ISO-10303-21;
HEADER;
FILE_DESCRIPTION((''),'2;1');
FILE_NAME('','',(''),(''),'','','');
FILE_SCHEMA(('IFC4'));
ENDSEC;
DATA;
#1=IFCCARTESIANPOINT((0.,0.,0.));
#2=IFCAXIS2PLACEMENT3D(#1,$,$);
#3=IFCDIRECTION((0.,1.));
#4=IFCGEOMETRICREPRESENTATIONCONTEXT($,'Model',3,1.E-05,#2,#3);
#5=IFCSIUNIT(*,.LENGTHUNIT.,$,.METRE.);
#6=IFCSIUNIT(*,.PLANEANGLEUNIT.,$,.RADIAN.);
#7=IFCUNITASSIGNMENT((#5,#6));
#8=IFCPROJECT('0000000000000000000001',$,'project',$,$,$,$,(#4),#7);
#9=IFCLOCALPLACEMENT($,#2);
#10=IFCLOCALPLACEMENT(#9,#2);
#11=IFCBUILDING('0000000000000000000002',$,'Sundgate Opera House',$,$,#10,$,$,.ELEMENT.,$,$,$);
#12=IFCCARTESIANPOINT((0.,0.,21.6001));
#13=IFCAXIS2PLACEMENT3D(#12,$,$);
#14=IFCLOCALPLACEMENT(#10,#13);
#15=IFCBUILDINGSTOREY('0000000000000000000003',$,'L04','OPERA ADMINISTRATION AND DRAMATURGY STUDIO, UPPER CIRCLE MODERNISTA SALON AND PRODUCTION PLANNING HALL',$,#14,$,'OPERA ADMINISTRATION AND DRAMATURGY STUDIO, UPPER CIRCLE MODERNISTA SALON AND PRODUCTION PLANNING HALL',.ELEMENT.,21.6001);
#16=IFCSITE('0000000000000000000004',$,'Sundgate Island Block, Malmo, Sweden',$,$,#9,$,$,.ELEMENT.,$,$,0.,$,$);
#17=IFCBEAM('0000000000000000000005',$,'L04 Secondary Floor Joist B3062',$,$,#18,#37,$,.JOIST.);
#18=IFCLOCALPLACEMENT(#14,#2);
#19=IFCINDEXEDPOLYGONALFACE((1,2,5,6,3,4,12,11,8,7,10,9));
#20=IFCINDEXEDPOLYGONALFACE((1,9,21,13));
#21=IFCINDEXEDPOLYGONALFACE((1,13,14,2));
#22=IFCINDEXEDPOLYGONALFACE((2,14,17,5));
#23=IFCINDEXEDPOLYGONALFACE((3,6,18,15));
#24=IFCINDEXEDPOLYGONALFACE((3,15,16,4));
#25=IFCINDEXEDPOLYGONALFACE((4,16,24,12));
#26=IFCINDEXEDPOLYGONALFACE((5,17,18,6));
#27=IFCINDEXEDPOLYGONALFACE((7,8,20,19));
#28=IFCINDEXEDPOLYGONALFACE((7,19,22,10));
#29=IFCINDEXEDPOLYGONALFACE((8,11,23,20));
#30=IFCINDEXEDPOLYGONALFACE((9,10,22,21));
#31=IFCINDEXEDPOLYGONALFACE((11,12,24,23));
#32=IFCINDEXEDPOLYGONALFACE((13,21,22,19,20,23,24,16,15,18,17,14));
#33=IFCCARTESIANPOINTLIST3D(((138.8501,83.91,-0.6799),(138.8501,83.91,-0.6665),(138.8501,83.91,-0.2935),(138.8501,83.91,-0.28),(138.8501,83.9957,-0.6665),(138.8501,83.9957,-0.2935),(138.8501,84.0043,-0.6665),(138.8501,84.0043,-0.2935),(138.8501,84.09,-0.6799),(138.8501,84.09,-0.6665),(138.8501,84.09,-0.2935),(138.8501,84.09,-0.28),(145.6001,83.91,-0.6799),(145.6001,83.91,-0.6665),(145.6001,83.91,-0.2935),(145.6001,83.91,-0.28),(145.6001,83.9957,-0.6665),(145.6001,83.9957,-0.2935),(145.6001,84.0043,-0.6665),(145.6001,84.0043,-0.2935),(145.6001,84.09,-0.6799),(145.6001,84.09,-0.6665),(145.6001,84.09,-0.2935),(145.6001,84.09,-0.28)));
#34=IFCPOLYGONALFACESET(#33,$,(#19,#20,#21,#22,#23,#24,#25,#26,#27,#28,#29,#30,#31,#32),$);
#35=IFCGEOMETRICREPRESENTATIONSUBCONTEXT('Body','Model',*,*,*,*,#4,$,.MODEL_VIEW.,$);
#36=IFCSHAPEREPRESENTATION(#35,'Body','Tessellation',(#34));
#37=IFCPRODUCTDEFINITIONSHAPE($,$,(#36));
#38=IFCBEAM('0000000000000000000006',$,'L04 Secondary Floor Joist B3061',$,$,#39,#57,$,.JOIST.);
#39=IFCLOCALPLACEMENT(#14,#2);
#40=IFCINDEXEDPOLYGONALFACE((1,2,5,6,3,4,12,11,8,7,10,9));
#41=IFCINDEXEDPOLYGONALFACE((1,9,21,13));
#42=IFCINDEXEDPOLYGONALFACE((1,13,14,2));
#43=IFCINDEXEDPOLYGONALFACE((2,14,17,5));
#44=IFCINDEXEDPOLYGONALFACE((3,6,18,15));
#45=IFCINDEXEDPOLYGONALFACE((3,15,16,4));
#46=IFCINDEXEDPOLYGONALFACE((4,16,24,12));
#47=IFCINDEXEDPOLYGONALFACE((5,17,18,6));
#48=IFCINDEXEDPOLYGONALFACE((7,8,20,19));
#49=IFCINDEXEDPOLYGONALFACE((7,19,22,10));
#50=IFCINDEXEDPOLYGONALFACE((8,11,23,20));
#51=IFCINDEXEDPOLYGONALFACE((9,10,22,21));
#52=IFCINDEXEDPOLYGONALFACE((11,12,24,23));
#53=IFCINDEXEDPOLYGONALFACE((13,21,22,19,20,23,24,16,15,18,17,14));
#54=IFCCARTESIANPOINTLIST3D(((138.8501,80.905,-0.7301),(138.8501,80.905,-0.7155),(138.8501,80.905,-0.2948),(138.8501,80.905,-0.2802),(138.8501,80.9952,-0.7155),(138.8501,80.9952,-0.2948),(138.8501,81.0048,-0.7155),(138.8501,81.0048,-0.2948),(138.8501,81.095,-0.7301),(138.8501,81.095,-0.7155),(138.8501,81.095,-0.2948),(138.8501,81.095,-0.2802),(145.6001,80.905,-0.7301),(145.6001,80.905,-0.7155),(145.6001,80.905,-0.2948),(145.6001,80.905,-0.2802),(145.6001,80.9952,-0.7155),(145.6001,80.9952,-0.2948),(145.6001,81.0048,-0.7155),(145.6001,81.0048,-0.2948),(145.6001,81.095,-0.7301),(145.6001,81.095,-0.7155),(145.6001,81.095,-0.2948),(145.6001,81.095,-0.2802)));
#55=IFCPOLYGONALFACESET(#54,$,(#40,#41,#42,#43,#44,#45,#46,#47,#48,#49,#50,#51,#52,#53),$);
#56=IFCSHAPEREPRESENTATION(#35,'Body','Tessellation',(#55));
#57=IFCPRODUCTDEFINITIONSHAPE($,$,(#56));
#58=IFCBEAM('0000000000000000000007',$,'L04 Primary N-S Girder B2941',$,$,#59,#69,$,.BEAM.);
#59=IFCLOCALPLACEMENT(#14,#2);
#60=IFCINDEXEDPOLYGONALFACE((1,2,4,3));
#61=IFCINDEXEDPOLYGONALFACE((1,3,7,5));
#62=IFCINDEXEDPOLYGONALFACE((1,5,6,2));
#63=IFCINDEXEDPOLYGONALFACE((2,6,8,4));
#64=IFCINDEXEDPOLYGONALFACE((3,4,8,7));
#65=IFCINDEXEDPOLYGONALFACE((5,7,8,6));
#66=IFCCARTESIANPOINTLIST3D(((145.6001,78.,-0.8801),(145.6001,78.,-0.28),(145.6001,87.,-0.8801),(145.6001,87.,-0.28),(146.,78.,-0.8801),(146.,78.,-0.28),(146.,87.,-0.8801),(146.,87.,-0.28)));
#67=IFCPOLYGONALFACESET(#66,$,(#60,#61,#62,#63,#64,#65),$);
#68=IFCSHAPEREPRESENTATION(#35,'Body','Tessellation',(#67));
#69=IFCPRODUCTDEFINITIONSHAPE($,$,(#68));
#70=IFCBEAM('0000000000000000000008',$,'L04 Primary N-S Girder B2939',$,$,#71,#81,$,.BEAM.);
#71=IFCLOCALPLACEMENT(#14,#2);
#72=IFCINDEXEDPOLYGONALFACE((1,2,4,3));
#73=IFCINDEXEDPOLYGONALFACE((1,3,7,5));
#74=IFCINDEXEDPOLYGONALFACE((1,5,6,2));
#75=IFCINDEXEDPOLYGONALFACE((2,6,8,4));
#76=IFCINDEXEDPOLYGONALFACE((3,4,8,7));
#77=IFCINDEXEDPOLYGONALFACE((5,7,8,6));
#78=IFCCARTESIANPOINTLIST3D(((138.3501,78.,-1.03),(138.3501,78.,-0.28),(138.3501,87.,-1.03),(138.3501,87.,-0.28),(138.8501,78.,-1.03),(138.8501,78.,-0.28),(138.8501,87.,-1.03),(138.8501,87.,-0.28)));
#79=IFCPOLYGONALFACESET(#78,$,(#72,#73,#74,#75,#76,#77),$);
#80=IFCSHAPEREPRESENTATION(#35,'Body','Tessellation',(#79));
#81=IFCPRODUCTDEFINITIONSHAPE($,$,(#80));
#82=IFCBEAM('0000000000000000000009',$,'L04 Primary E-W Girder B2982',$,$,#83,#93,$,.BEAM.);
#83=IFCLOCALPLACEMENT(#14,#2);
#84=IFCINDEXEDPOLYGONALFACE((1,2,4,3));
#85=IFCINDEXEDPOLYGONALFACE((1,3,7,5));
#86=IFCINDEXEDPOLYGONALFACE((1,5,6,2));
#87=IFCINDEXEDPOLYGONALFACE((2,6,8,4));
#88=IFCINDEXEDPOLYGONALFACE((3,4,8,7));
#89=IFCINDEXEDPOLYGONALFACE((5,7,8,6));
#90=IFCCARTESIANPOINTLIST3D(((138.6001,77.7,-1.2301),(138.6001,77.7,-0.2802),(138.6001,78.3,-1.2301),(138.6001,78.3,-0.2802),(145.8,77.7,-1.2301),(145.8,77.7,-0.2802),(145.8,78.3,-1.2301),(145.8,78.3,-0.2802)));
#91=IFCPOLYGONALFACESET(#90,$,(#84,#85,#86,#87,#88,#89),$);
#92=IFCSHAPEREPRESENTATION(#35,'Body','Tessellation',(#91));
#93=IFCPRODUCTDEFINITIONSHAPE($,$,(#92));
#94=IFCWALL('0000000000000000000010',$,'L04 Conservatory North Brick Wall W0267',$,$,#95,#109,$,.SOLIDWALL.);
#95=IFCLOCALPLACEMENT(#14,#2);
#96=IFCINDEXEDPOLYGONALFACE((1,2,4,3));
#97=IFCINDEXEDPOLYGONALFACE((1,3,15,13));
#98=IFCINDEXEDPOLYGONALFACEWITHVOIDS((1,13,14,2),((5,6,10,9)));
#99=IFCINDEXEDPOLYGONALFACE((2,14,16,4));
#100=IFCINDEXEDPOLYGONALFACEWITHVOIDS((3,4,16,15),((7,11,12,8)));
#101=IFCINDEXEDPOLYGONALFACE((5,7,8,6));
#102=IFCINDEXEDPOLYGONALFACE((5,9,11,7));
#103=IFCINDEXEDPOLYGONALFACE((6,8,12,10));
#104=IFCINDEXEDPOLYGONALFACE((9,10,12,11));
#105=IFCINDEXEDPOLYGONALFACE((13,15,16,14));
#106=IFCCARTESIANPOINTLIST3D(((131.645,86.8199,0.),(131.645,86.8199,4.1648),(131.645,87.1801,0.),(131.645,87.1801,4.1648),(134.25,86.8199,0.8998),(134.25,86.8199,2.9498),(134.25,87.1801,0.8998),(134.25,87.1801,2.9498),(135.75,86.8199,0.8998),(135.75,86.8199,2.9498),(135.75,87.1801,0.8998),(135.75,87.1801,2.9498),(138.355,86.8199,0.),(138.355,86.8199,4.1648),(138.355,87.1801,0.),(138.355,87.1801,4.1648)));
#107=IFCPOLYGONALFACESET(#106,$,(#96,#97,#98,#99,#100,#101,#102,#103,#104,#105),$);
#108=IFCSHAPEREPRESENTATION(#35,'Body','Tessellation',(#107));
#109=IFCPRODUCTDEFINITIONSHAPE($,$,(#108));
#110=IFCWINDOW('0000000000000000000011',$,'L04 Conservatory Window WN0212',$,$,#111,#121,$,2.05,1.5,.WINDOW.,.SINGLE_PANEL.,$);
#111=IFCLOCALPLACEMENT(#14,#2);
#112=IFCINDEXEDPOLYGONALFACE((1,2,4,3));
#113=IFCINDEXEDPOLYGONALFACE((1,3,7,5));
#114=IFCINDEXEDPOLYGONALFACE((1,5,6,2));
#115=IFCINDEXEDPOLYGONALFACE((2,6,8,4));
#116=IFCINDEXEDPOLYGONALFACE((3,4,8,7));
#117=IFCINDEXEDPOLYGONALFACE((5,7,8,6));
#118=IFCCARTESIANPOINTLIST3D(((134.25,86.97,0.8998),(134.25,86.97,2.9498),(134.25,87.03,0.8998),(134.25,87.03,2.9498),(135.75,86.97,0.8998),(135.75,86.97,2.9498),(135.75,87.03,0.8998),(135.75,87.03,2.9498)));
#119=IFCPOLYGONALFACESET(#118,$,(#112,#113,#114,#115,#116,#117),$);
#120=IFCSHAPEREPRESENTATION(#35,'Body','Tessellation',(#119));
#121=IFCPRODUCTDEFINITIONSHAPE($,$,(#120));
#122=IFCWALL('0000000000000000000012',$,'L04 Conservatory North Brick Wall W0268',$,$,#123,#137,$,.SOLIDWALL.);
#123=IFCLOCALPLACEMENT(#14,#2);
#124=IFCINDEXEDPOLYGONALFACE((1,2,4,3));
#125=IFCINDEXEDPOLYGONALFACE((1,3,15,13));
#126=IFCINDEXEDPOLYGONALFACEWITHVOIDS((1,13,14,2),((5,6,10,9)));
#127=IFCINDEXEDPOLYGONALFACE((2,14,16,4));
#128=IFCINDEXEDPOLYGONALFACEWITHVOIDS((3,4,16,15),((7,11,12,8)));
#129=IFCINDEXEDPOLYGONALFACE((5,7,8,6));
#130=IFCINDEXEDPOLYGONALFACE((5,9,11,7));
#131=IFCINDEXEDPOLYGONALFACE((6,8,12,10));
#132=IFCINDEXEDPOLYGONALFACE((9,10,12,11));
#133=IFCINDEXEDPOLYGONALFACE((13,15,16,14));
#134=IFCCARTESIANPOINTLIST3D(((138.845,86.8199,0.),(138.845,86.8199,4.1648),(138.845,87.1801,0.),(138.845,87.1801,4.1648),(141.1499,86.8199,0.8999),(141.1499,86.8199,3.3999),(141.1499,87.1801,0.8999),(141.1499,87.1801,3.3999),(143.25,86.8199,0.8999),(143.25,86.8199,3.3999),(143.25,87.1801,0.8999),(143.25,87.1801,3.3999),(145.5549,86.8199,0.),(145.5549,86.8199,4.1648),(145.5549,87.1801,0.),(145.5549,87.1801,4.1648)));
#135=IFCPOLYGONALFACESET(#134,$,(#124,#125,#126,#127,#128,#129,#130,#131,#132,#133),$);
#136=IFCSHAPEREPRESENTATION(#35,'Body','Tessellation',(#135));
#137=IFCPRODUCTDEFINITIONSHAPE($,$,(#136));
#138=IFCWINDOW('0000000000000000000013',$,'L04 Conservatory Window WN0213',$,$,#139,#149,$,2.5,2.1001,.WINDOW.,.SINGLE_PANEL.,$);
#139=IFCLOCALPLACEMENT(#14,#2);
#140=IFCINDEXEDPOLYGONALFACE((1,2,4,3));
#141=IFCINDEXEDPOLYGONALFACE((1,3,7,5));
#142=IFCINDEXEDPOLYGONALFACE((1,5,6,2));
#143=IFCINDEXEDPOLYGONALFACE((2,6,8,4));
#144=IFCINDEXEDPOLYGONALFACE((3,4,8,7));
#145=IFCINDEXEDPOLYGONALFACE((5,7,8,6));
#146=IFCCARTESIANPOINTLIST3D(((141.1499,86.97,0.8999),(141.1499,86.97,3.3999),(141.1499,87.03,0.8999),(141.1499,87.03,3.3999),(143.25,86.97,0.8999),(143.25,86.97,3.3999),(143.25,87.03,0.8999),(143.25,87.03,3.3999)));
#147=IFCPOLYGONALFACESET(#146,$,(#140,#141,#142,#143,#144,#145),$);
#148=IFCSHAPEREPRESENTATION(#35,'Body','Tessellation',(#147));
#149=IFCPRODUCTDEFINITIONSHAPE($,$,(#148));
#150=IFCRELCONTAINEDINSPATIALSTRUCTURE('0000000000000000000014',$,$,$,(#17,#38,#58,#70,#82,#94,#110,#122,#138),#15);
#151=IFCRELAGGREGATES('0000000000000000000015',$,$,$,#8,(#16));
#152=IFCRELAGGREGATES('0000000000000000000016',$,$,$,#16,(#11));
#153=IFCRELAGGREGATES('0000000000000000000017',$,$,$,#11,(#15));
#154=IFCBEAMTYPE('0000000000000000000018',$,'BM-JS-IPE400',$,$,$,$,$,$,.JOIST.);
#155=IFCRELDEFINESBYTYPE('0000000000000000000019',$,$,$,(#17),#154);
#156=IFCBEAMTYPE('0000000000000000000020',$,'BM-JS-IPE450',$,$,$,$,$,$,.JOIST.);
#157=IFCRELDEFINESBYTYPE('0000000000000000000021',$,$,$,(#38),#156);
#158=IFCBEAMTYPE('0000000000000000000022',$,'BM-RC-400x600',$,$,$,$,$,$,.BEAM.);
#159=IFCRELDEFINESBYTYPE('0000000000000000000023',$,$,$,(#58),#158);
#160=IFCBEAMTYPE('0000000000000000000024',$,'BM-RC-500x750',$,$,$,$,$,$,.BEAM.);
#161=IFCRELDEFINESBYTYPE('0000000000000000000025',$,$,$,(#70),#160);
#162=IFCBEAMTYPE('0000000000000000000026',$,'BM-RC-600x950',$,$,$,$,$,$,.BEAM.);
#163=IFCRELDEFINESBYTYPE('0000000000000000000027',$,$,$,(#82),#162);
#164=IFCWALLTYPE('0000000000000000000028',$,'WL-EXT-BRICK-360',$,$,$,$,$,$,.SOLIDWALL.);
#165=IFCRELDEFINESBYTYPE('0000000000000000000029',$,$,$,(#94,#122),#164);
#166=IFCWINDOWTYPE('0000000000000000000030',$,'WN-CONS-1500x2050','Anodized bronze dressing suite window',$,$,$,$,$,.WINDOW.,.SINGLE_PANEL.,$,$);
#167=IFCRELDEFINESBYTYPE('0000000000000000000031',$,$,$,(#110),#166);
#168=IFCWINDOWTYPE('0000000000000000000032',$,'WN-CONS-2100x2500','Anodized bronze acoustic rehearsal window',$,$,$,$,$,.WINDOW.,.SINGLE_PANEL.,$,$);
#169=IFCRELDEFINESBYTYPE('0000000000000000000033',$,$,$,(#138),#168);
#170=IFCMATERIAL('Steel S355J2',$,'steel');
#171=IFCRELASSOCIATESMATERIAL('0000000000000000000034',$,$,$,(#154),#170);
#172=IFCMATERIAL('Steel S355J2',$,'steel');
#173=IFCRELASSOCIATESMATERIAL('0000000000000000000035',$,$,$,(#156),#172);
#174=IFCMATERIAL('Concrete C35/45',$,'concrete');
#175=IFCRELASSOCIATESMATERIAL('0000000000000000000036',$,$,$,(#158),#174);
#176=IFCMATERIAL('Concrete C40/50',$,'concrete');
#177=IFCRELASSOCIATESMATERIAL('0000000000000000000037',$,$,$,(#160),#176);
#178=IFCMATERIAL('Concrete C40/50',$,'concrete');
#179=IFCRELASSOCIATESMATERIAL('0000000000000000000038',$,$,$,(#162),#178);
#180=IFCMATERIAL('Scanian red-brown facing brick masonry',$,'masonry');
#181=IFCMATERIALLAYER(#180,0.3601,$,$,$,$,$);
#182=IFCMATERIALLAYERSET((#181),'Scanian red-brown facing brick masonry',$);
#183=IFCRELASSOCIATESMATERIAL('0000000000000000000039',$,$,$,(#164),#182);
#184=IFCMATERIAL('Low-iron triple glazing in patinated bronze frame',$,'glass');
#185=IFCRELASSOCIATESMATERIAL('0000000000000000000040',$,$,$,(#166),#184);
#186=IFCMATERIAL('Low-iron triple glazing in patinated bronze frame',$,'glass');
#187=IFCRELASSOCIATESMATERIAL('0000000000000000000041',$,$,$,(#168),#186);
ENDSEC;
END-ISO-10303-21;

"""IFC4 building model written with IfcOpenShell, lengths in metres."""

from ifc_helpers import new_model, si_unit, direction, frame, frame_2d, origin, origin_2d, place, context, subcontext, project, spatial, rectangle, i_section, extrude, material, layer, layer_set, material_profile, profile_set, type_object, element, fill, save


model = new_model("IFC4")

# Units and contexts
model_context = context("Model", 3, precision=1e-05, world=origin(), true_north=direction((0.0, 1.0)))
body_context = subcontext(model_context, "Body", "Model", "MODEL_VIEW")
ifc_project = project(units=[si_unit("LENGTHUNIT", "METRE"), si_unit("PLANEANGLEUNIT", "RADIAN")], contexts=[model_context])

# Site, building, storey
site_placement = place(None, origin())
site = spatial("IfcSite", under=ifc_project, at=site_placement, Name="Sundgate Island Block, Malmo, Sweden", CompositionType="ELEMENT", RefElevation=0.0)
building_placement = place(site_placement, origin())
building = spatial("IfcBuilding", under=site, at=building_placement, Name="Sundgate Opera House", CompositionType="ELEMENT")
storey_placement = place(building_placement, frame((0.0, 0.0, 21.6001)))
storey = spatial("IfcBuildingStorey", under=building, at=storey_placement, Name="L04", Description="OPERA ADMINISTRATION AND DRAMATURGY STUDIO, UPPER CIRCLE MODERNISTA SALON AND PRODUCTION PLANNING HALL", LongName="OPERA ADMINISTRATION AND DRAMATURGY STUDIO, UPPER CIRCLE MODERNISTA SALON AND PRODUCTION PLANNING HALL", CompositionType="ELEMENT", Elevation=21.6001)

# Beams
ifc_material_1 = material(Name="Steel S355J2", Category="steel")
ifc_material_profile_1 = material_profile(ifc_material_1, i_section(OverallWidth=0.1799, OverallDepth=0.3999, WebThickness=0.0085, FlangeThickness=0.0134, at=origin_2d()), Name="IPE 400")
ifc_profile_set_1 = profile_set([ifc_material_profile_1], Name="Steel S355J2")
beam_type_1 = type_object("IfcBeamType", Name="BM-JS-IPE400", PredefinedType="JOIST", material=ifc_profile_set_1)
beam_1_placement = place(storey_placement, frame((138.8501, 84.0, -0.48), z_axis=(1.0, 0.0, 0.0), x_axis=(0.0, 1.0, 0.0)))
element("IfcBeam", 1, at=beam_1_placement, inside=storey, type_object=beam_type_1, Name="L04 Secondary Floor Joist B3062", PredefinedType="JOIST", context=body_context, shape_type="SweptSolid", body=[
    extrude(i_section(OverallWidth=0.1799, OverallDepth=0.3999, WebThickness=0.0085, FlangeThickness=0.0134, at=origin_2d()), origin(), (0.0, 0.0, 1.0), 6.75),
])
ifc_material_2 = material(Name="Steel S355J2", Category="steel")
ifc_material_profile_2 = material_profile(ifc_material_2, i_section(OverallWidth=0.1899, OverallDepth=0.45, WebThickness=0.0095, FlangeThickness=0.0146, at=origin_2d()), Name="IPE 450")
ifc_profile_set_2 = profile_set([ifc_material_profile_2], Name="Steel S355J2")
beam_type_2 = type_object("IfcBeamType", Name="BM-JS-IPE450", PredefinedType="JOIST", material=ifc_profile_set_2)
beam_2_placement = place(storey_placement, frame((138.8501, 81.0, -0.5051), z_axis=(1.0, 0.0, 0.0), x_axis=(0.0, 1.0, 0.0)))
element("IfcBeam", 2, at=beam_2_placement, inside=storey, type_object=beam_type_2, Name="L04 Secondary Floor Joist B3061", PredefinedType="JOIST", context=body_context, shape_type="SweptSolid", body=[
    extrude(i_section(OverallWidth=0.1899, OverallDepth=0.45, WebThickness=0.0095, FlangeThickness=0.0146, at=origin_2d()), origin(), (0.0, 0.0, 1.0), 6.75),
])
ifc_material_3 = material(Name="Concrete C35/45", Category="concrete")
ifc_material_profile_3 = material_profile(ifc_material_3, rectangle(XDim=0.3999, YDim=0.6001, at=origin_2d()), Name="RC 400x600")
ifc_profile_set_3 = profile_set([ifc_material_profile_3], Name="Concrete C35/45")
beam_type_3 = type_object("IfcBeamType", Name="BM-RC-400x600", PredefinedType="BEAM", material=ifc_profile_set_3)
beam_3_placement = place(storey_placement, frame((145.8, 78.0, -0.5801), z_axis=(0.0, 1.0, 0.0), x_axis=(-1.0, 0.0, 0.0)))
element("IfcBeam", 3, at=beam_3_placement, inside=storey, type_object=beam_type_3, Name="L04 Primary N-S Girder B2941", PredefinedType="BEAM", context=body_context, shape_type="SweptSolid", body=[
    extrude(rectangle(XDim=0.3999, YDim=0.6001, at=origin_2d()), origin(), (0.0, 0.0, 1.0), 9.0),
])
ifc_material_4 = material(Name="Concrete C40/50", Category="concrete")
ifc_material_profile_4 = material_profile(ifc_material_4, rectangle(XDim=0.5, YDim=0.75, at=origin_2d()), Name="RC 500x750")
ifc_profile_set_4 = profile_set([ifc_material_profile_4], Name="Concrete C40/50")
beam_type_4 = type_object("IfcBeamType", Name="BM-RC-500x750", PredefinedType="BEAM", material=ifc_profile_set_4)
beam_4_placement = place(storey_placement, frame((138.6001, 78.0, -0.655), z_axis=(0.0, 1.0, 0.0), x_axis=(-1.0, 0.0, 0.0)))
element("IfcBeam", 4, at=beam_4_placement, inside=storey, type_object=beam_type_4, Name="L04 Primary N-S Girder B2939", PredefinedType="BEAM", context=body_context, shape_type="SweptSolid", body=[
    extrude(rectangle(XDim=0.5, YDim=0.75, at=origin_2d()), origin(), (0.0, 0.0, 1.0), 9.0),
])
ifc_material_5 = material(Name="Concrete C40/50", Category="concrete")
ifc_material_profile_5 = material_profile(ifc_material_5, rectangle(XDim=0.6001, YDim=0.95, at=origin_2d()), Name="RC 600x950")
ifc_profile_set_5 = profile_set([ifc_material_profile_5], Name="Concrete C40/50")
beam_type_5 = type_object("IfcBeamType", Name="BM-RC-600x950", PredefinedType="BEAM", material=ifc_profile_set_5)
beam_5_placement = place(storey_placement, frame((138.6001, 78.0, -0.7551), z_axis=(1.0, 0.0, 0.0), x_axis=(0.0, 1.0, 0.0)))
element("IfcBeam", 5, at=beam_5_placement, inside=storey, type_object=beam_type_5, Name="L04 Primary E-W Girder B2982", PredefinedType="BEAM", context=body_context, shape_type="SweptSolid", body=[
    extrude(rectangle(XDim=0.6001, YDim=0.95, at=origin_2d()), origin(), (0.0, 0.0, 1.0), 7.2),
])

# Walls, openings, windows
ifc_material_6 = material(Name="Scanian red-brown facing brick masonry", Category="masonry")
ifc_layer = layer(ifc_material_6, 0.3601)
ifc_layer_set = layer_set([ifc_layer], Name="Scanian red-brown facing brick masonry")
wall_type = type_object("IfcWallType", Name="WL-EXT-BRICK-360", PredefinedType="SOLIDWALL", material=ifc_layer_set)
wall_1_placement = place(storey_placement, frame((131.645, 87.0, 0.0), z_axis=(0.0, 0.0, 1.0), x_axis=(1.0, 0.0, 0.0)))
wall_1 = element("IfcWall", 6, at=wall_1_placement, inside=storey, type_object=wall_type, Name="L04 Conservatory North Brick Wall W0267", PredefinedType="SOLIDWALL", context=body_context, shape_type="SweptSolid", body=[
    extrude(rectangle(XDim=6.71, YDim=0.3601, at=frame_2d((3.355, 0.0))), origin(), (0.0, 0.0, 1.0), 4.1648),
])
opening_1_placement = place(wall_1_placement, frame((2.605, 0.0, 0.8999)))
opening_1 = element("IfcOpeningElement", 7, at=opening_1_placement, cuts=wall_1, PredefinedType="OPENING", context=body_context, shape_type="SweptSolid", body=[
    extrude(rectangle(XDim=1.5, YDim=2.05, at=frame_2d((0.75, 1.0249))), frame((0.0, 0.1899, 0.0), z_axis=(0.0, -1.0, 0.0), x_axis=(1.0, 0.0, 0.0)), (0.0, 0.0, 1.0), 0.3801),
])
ifc_material_7 = material(Name="Low-iron triple glazing in patinated bronze frame", Category="glass")
window_type_1 = type_object("IfcWindowType", Name="WN-CONS-1500x2050", Description="Anodized bronze dressing suite window", PartitioningType="SINGLE_PANEL", PredefinedType="WINDOW", material=ifc_material_7)
window_1_placement = place(opening_1_placement, origin())
window_1 = element("IfcWindow", 8, at=window_1_placement, inside=storey, type_object=window_type_1, Name="L04 Conservatory Window WN0212", OverallHeight=2.05, OverallWidth=1.5, PartitioningType="SINGLE_PANEL", PredefinedType="WINDOW", context=body_context, shape_type="SweptSolid", body=[
    extrude(rectangle(XDim=1.5, YDim=2.05, at=frame_2d((0.75, 1.0249))), frame((0.0, 0.03, 0.0), z_axis=(0.0, -1.0, 0.0), x_axis=(1.0, 0.0, 0.0)), (0.0, 0.0, 1.0), 0.0601),
])
fill(opening_1, window_1)
wall_2_placement = place(storey_placement, frame((138.845, 87.0, 0.0), z_axis=(0.0, 0.0, 1.0), x_axis=(1.0, 0.0, 0.0)))
wall_2 = element("IfcWall", 9, at=wall_2_placement, inside=storey, type_object=wall_type, Name="L04 Conservatory North Brick Wall W0268", PredefinedType="SOLIDWALL", context=body_context, shape_type="SweptSolid", body=[
    extrude(rectangle(XDim=6.71, YDim=0.3601, at=frame_2d((3.355, 0.0))), origin(), (0.0, 0.0, 1.0), 4.1648),
])
opening_2_placement = place(wall_2_placement, frame((2.3049, 0.0, 0.8999)))
opening_2 = element("IfcOpeningElement", 10, at=opening_2_placement, cuts=wall_2, PredefinedType="OPENING", context=body_context, shape_type="SweptSolid", body=[
    extrude(rectangle(XDim=2.1001, YDim=2.5, at=frame_2d((1.05, 1.25))), frame((0.0, 0.1899, 0.0), z_axis=(0.0, -1.0, 0.0), x_axis=(1.0, 0.0, 0.0)), (0.0, 0.0, 1.0), 0.3801),
])
ifc_material_8 = material(Name="Low-iron triple glazing in patinated bronze frame", Category="glass")
window_type_2 = type_object("IfcWindowType", Name="WN-CONS-2100x2500", Description="Anodized bronze acoustic rehearsal window", PartitioningType="SINGLE_PANEL", PredefinedType="WINDOW", material=ifc_material_8)
window_2_placement = place(opening_2_placement, origin())
window_2 = element("IfcWindow", 11, at=window_2_placement, inside=storey, type_object=window_type_2, Name="L04 Conservatory Window WN0213", OverallHeight=2.5, OverallWidth=2.1001, PartitioningType="SINGLE_PANEL", PredefinedType="WINDOW", context=body_context, shape_type="SweptSolid", body=[
    extrude(rectangle(XDim=2.1001, YDim=2.5, at=frame_2d((1.05, 1.25))), frame((0.0, 0.03, 0.0), z_axis=(0.0, -1.0, 0.0), x_axis=(1.0, 0.0, 0.0)), (0.0, 0.0, 1.0), 0.0601),
])
fill(opening_2, window_2)

save(model, "model.ifc")
